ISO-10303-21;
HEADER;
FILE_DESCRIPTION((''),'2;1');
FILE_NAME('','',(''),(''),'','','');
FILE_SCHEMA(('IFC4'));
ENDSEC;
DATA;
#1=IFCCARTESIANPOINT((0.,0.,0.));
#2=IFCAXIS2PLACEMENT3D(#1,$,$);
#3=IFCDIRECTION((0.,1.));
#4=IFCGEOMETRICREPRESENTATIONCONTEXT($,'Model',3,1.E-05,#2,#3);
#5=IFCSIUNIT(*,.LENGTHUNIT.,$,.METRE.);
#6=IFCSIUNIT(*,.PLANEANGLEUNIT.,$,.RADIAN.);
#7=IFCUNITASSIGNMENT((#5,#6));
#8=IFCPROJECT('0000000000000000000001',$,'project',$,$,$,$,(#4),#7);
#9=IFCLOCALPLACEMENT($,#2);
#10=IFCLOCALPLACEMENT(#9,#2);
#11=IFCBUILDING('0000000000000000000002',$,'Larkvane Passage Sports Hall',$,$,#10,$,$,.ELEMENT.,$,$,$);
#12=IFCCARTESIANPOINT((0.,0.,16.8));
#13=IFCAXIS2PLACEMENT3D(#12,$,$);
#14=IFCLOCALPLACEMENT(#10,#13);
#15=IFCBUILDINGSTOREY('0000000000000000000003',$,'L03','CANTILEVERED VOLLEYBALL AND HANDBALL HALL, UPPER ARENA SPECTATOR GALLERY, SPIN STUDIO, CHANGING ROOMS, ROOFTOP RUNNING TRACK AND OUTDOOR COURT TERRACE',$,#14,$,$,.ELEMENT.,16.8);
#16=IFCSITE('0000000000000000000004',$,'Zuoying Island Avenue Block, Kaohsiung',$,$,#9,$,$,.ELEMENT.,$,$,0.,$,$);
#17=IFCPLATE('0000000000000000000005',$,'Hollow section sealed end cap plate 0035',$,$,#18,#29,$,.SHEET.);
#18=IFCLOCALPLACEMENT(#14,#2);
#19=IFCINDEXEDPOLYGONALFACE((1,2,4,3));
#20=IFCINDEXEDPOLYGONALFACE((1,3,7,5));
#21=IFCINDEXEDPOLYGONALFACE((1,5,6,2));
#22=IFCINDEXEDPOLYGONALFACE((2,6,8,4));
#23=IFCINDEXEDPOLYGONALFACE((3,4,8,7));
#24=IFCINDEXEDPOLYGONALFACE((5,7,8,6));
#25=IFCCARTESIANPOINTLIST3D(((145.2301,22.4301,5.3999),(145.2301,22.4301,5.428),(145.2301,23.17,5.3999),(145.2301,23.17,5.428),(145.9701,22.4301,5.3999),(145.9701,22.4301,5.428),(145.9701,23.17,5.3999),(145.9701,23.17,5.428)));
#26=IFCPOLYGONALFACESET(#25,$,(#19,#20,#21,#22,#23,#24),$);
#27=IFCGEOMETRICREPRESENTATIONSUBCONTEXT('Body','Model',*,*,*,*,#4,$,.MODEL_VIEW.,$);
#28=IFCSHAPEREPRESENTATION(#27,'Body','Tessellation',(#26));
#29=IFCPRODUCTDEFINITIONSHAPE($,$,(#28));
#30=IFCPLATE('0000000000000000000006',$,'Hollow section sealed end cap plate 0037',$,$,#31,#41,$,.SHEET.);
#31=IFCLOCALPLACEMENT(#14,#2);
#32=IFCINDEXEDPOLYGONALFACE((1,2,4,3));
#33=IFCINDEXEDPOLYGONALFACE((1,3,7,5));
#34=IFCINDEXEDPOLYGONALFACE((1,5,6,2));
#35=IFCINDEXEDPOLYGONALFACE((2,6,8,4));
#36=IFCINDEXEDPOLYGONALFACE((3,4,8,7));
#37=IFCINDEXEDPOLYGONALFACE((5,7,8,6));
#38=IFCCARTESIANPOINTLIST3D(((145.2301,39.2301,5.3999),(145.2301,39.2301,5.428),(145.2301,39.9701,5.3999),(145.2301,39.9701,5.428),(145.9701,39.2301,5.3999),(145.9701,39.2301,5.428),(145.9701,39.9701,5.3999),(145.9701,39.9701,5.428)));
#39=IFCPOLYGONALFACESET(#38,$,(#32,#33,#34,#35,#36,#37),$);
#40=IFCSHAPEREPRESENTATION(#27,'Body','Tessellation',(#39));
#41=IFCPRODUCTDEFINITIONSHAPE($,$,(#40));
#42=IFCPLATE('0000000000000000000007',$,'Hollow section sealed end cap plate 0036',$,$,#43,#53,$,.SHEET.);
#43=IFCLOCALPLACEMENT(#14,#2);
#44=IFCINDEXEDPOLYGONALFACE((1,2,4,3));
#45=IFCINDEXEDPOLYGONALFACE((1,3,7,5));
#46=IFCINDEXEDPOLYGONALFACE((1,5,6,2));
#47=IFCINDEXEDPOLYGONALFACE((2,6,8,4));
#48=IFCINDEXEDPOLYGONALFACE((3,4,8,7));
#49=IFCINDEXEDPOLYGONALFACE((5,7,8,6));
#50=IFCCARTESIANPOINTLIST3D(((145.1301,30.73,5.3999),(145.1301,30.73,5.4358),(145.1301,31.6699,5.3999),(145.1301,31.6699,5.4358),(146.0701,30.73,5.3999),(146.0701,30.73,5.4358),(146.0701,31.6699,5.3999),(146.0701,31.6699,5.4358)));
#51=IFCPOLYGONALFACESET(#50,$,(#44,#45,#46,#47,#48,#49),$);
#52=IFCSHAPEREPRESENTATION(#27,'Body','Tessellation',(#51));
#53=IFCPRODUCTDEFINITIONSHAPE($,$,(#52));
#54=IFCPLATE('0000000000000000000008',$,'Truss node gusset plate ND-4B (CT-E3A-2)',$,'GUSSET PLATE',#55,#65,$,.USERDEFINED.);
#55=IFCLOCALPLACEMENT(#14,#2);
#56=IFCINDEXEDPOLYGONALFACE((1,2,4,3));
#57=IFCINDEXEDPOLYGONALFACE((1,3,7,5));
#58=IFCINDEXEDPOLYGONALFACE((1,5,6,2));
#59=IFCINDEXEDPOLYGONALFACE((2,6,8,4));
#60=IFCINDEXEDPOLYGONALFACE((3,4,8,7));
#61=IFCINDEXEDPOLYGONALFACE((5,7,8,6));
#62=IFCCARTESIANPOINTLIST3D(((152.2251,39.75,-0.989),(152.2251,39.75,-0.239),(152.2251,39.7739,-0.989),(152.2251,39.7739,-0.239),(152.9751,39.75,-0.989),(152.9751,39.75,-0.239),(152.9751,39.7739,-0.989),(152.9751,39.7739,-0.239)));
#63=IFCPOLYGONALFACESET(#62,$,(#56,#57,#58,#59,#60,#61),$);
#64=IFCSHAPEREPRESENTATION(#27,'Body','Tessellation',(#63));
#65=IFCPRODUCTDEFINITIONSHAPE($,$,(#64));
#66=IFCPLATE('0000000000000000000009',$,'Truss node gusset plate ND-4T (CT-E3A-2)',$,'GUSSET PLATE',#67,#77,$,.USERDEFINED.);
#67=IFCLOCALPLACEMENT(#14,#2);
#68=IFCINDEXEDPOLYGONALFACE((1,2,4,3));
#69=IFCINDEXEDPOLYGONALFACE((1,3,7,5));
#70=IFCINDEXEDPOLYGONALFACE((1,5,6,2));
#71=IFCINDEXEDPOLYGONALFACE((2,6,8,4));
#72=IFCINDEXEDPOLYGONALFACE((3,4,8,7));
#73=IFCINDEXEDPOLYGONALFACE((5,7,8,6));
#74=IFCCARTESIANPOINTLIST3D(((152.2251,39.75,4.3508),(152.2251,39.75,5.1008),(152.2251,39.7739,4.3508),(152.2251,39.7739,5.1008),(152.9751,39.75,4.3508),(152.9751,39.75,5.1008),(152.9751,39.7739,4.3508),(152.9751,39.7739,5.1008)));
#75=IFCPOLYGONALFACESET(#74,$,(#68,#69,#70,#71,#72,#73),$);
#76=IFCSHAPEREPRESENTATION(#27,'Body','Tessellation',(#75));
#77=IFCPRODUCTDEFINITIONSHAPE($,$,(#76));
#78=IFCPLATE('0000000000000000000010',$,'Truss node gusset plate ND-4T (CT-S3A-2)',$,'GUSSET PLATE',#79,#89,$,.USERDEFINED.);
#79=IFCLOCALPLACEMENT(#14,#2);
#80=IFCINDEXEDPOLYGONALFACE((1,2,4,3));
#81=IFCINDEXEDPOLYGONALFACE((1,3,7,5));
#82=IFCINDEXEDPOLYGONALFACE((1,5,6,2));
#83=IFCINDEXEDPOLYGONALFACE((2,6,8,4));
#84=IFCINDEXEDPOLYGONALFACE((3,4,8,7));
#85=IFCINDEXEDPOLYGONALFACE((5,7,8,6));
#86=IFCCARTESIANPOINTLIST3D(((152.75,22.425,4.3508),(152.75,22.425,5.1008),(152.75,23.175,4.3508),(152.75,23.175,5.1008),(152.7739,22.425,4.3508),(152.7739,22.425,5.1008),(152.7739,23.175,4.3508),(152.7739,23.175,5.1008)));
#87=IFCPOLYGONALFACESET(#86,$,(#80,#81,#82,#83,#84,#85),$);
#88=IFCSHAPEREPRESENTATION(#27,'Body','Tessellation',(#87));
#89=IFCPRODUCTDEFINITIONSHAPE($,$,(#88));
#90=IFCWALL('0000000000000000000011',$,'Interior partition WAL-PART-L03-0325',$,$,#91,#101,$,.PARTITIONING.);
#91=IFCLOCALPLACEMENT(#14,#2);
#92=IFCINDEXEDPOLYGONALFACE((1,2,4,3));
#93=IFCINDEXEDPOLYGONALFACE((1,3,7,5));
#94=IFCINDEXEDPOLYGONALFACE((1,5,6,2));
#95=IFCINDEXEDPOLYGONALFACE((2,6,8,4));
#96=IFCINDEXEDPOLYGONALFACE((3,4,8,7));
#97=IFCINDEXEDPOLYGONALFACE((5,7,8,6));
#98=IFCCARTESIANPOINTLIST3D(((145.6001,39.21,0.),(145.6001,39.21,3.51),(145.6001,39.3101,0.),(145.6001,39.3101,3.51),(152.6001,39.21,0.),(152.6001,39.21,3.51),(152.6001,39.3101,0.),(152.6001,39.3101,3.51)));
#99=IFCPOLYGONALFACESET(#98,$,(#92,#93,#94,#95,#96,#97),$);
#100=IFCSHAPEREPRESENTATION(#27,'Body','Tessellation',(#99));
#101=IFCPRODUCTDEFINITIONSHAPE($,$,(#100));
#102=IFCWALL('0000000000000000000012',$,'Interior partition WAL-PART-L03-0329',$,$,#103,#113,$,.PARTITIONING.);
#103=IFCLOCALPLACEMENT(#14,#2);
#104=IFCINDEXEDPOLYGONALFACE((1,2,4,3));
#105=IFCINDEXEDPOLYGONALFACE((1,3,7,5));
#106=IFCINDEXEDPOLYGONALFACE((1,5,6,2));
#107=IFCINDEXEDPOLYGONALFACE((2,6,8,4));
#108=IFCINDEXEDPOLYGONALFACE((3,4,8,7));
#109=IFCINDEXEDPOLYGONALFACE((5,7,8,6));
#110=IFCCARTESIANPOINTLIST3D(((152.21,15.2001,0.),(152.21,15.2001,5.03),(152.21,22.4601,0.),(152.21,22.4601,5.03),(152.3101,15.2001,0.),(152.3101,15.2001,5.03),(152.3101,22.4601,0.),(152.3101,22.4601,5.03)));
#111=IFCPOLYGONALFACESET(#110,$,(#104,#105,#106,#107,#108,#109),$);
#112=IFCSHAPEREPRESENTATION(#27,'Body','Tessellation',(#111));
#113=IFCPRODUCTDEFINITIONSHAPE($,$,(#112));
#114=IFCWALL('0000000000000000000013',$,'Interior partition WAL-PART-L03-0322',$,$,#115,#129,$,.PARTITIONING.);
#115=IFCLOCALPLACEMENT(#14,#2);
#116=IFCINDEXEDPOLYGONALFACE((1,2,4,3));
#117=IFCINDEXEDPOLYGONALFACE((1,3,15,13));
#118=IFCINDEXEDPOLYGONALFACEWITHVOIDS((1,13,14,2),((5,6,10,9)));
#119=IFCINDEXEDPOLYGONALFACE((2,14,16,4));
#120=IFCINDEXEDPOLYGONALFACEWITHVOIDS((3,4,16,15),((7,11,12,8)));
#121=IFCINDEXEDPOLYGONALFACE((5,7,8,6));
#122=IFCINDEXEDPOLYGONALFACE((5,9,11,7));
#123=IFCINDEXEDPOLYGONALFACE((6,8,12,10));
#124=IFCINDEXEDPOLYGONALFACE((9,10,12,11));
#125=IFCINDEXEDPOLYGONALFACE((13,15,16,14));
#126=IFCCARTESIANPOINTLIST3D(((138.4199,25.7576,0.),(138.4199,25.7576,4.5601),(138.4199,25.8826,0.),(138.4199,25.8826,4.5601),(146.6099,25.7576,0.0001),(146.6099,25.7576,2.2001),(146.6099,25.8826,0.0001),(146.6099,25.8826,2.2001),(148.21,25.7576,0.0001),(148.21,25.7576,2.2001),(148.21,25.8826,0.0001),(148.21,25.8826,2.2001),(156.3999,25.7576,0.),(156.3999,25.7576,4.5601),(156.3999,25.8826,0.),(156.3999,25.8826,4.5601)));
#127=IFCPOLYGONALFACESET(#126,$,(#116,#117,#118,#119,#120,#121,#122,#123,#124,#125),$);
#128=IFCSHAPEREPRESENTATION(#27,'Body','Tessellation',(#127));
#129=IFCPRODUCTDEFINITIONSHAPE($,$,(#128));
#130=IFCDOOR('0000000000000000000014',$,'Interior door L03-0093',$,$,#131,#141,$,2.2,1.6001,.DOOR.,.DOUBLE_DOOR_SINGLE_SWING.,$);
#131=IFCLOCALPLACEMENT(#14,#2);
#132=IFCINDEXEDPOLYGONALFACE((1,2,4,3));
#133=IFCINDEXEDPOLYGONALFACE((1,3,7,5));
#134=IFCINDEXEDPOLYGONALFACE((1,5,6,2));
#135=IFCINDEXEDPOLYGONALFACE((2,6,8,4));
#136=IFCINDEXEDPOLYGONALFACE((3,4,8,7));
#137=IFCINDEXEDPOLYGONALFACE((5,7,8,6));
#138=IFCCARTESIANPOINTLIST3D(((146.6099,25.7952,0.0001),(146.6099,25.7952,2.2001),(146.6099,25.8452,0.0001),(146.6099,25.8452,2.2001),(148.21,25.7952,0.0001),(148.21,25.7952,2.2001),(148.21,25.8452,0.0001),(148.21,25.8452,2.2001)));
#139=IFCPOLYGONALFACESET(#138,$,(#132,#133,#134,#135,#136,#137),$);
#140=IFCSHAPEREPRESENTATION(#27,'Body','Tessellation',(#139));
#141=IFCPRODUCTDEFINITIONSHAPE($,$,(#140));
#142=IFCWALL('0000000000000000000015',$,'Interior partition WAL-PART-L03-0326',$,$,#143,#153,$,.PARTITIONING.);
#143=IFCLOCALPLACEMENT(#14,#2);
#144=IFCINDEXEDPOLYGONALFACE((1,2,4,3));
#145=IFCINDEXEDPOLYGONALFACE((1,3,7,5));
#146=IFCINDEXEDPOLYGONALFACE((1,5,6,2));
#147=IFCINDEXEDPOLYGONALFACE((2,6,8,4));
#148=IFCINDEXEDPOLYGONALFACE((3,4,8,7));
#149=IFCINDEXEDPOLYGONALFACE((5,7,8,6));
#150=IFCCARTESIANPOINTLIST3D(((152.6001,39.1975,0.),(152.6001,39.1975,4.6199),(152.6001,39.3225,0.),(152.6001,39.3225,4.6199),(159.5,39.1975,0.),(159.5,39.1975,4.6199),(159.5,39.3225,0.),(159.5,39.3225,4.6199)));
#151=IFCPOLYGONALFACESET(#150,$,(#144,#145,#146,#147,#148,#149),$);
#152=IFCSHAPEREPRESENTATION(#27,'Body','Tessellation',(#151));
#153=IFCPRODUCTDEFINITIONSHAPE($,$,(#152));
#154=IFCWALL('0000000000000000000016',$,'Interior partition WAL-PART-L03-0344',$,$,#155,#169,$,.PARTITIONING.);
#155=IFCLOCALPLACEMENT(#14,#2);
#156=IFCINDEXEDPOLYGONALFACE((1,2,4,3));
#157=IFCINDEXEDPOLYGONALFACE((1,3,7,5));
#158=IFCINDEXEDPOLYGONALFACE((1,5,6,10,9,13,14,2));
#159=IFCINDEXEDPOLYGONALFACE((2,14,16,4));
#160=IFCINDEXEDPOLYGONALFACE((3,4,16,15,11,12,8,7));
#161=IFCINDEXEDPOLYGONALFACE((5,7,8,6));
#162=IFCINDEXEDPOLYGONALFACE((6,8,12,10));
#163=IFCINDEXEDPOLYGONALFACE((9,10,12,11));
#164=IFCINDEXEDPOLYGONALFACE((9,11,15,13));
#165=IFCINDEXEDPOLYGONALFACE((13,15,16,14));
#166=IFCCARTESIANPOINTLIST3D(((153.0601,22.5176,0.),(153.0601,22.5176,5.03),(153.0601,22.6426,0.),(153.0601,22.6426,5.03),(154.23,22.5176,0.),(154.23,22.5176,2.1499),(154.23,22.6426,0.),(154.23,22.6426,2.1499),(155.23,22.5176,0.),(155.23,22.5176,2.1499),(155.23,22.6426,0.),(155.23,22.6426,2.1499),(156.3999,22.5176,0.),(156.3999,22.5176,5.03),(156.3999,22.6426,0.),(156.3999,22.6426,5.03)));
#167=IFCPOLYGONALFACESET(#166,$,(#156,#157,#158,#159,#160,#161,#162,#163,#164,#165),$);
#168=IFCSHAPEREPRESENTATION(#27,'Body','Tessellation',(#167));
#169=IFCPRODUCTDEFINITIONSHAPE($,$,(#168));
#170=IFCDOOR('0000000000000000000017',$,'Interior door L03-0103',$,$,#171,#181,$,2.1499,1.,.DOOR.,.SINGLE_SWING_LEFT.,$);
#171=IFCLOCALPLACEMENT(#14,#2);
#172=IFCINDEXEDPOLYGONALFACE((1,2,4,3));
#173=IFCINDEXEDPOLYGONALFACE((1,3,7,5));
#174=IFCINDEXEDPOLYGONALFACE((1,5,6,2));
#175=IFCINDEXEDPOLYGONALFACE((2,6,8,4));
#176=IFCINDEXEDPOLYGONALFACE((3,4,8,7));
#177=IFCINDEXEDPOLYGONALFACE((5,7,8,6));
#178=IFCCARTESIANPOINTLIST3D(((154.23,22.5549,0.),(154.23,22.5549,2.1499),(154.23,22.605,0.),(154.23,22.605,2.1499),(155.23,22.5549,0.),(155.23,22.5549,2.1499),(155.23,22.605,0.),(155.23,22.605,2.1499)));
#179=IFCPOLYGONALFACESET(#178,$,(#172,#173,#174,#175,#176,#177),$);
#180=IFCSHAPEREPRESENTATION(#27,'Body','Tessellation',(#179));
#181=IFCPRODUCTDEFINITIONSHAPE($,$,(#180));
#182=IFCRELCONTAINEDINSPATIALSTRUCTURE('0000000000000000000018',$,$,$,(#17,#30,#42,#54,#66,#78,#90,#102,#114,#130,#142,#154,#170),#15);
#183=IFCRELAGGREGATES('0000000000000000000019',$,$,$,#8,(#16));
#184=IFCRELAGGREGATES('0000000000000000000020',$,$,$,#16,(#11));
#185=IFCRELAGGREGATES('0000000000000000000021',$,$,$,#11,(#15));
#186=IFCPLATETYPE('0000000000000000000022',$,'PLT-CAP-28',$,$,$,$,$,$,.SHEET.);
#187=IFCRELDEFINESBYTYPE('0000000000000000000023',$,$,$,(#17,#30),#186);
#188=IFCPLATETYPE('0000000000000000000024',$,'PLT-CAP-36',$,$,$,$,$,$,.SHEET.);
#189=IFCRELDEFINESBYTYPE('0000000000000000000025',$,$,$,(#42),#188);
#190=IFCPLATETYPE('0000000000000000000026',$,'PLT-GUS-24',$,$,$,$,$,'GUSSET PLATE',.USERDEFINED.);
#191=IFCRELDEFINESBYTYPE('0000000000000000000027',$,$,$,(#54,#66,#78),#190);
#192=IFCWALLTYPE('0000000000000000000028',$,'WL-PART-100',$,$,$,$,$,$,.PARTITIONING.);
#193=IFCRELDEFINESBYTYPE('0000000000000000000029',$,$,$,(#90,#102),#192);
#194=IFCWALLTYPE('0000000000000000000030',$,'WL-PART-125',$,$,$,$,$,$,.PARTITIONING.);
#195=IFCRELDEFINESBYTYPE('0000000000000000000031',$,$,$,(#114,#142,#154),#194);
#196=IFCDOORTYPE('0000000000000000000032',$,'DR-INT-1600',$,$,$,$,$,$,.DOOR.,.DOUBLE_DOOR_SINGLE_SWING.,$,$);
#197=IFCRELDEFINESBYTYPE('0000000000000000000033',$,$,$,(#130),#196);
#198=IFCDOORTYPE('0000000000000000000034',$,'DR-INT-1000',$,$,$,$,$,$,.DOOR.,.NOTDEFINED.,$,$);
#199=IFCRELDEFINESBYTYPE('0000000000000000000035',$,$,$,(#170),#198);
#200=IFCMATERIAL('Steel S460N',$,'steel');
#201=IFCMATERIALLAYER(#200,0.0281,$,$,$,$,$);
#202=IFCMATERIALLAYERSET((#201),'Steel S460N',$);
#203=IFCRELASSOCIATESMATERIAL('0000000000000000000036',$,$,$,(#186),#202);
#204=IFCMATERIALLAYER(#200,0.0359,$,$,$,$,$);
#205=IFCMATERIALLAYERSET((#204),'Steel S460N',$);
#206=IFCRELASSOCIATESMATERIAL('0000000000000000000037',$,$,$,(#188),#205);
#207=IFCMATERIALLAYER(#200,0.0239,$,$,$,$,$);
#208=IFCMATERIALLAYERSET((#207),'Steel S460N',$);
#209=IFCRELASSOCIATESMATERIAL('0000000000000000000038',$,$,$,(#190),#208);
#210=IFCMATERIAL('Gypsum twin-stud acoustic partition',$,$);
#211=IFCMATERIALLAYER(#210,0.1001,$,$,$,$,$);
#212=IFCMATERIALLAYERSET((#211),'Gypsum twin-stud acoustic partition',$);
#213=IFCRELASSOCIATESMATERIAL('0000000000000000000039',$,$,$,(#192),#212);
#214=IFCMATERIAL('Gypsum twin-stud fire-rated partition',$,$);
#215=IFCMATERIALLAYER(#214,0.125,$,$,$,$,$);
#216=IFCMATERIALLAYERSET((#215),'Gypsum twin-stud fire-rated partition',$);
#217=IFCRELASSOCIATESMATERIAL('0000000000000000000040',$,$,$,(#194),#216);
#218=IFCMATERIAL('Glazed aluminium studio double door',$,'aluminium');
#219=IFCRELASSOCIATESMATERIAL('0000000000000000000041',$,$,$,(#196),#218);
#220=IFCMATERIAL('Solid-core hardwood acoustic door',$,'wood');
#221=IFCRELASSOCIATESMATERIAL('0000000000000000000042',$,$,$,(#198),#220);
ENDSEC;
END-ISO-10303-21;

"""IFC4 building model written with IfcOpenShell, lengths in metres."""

from ifc_helpers import new_model, si_unit, direction, frame, frame_2d, origin, origin_2d, place, context, subcontext, project, spatial, rectangle, extrude, material, layer, layer_set, type_object, element, fill, save


model = new_model("IFC4")

# Units and contexts
model_context = context("Model", 3, precision=1e-05, world=origin(), true_north=direction((0.0, 1.0)))
body_context = subcontext(model_context, "Body", "Model", "MODEL_VIEW")
ifc_project = project(units=[si_unit("LENGTHUNIT", "METRE"), si_unit("PLANEANGLEUNIT", "RADIAN")], contexts=[model_context])

# Site, building, storey
site_placement = place(None, origin())
site = spatial("IfcSite", under=ifc_project, at=site_placement, Name="Zuoying Island Avenue Block, Kaohsiung", CompositionType="ELEMENT", RefElevation=0.0)
building_placement = place(site_placement, origin())
building = spatial("IfcBuilding", under=site, at=building_placement, Name="Larkvane Passage Sports Hall", CompositionType="ELEMENT")
storey_placement = place(building_placement, frame((0.0, 0.0, 16.8)))
storey = spatial("IfcBuildingStorey", under=building, at=storey_placement, Name="L03", Description="CANTILEVERED VOLLEYBALL AND HANDBALL HALL, UPPER ARENA SPECTATOR GALLERY, SPIN STUDIO, CHANGING ROOMS, ROOFTOP RUNNING TRACK AND OUTDOOR COURT TERRACE", CompositionType="ELEMENT", Elevation=16.8)

# Shared definitions
ifc_material_1 = material(Name="Steel S460N", Category="steel")

# Plates
ifc_layer_1 = layer(ifc_material_1, 0.0281)
ifc_layer_set_1 = layer_set([ifc_layer_1], Name="Steel S460N")
plate_type_1 = type_object("IfcPlateType", Name="PLT-CAP-28", PredefinedType="SHEET", material=ifc_layer_set_1)
for number, where, z_axis, x_axis, name in (
    (1, (145.6001, 22.8, 5.3999), (0.0, 0.0, 1.0), (1.0, 0.0, 0.0), "Hollow section sealed end cap plate 0035"),
    (2, (145.6001, 39.6001, 5.3999), (0.0, 0.0, 1.0), (1.0, 0.0, 0.0), "Hollow section sealed end cap plate 0037"),
):
    element("IfcPlate", number, at=place(storey_placement, frame(where, z_axis=z_axis, x_axis=x_axis)), inside=storey, type_object=plate_type_1, Name=name, PredefinedType="SHEET", context=body_context, shape_type="SweptSolid", body=[
        extrude(rectangle(XDim=0.74, YDim=0.74, at=origin_2d()), origin(), (0.0, 0.0, 1.0), 0.0281),
    ])
ifc_layer_2 = layer(ifc_material_1, 0.0359)
ifc_layer_set_2 = layer_set([ifc_layer_2], Name="Steel S460N")
plate_type_2 = type_object("IfcPlateType", Name="PLT-CAP-36", PredefinedType="SHEET", material=ifc_layer_set_2)
plate_1_placement = place(storey_placement, frame((145.6001, 31.2, 5.3999), z_axis=(0.0, 0.0, 1.0), x_axis=(1.0, 0.0, 0.0)))
element("IfcPlate", 3, at=plate_1_placement, inside=storey, type_object=plate_type_2, Name="Hollow section sealed end cap plate 0036", PredefinedType="SHEET", context=body_context, shape_type="SweptSolid", body=[
    extrude(rectangle(XDim=0.9399, YDim=0.9399, at=origin_2d()), origin(), (0.0, 0.0, 1.0), 0.0359),
])
ifc_layer_3 = layer(ifc_material_1, 0.0239)
ifc_layer_set_3 = layer_set([ifc_layer_3], Name="Steel S460N")
plate_type_3 = type_object("IfcPlateType", Name="PLT-GUS-24", ElementType="GUSSET PLATE", PredefinedType="USERDEFINED", material=ifc_layer_set_3)
for number, where, z_axis, x_axis, name in (
    (4, (152.6001, 39.762, -0.989), (0.0, 0.0, 1.0), (1.0, 0.0, 0.0), "Truss node gusset plate ND-4B (CT-E3A-2)"),
    (5, (152.6001, 39.762, 4.3508), (0.0, 0.0, 1.0), (1.0, 0.0, 0.0), "Truss node gusset plate ND-4T (CT-E3A-2)"),
    (6, (152.762, 22.8, 4.3508), (0.0, 0.0, 1.0), (0.0, 1.0, 0.0), "Truss node gusset plate ND-4T (CT-S3A-2)"),
):
    element("IfcPlate", number, at=place(storey_placement, frame(where, z_axis=z_axis, x_axis=x_axis)), inside=storey, type_object=plate_type_3, Name=name, ObjectType="GUSSET PLATE", PredefinedType="USERDEFINED", context=body_context, shape_type="SweptSolid", body=[
        extrude(rectangle(XDim=0.75, YDim=0.0239, at=origin_2d()), origin(), (0.0, 0.0, 1.0), 0.75),
    ])

# Walls
ifc_material_2 = material(Name="Gypsum twin-stud acoustic partition")
ifc_layer_4 = layer(ifc_material_2, 0.1001)
ifc_layer_set_4 = layer_set([ifc_layer_4], Name="Gypsum twin-stud acoustic partition")
wall_type_1 = type_object("IfcWallType", Name="WL-PART-100", PredefinedType="PARTITIONING", material=ifc_layer_set_4)
wall_1_placement = place(storey_placement, frame((145.6001, 39.26, 0.0), z_axis=(0.0, 0.0, 1.0), x_axis=(1.0, 0.0, 0.0)))
element("IfcWall", 7, at=wall_1_placement, inside=storey, type_object=wall_type_1, Name="Interior partition WAL-PART-L03-0325", PredefinedType="PARTITIONING", context=body_context, shape_type="SweptSolid", body=[
    extrude(rectangle(XDim=7.0, YDim=0.1001, at=frame_2d((3.5, 0.0))), origin(), (0.0, 0.0, 1.0), 3.51),
])
wall_2_placement = place(storey_placement, frame((152.26, 22.46, 0.0), z_axis=(0.0, 0.0, 1.0), x_axis=(0.0, -1.0, 0.0)))
element("IfcWall", 8, at=wall_2_placement, inside=storey, type_object=wall_type_1, Name="Interior partition WAL-PART-L03-0329", PredefinedType="PARTITIONING", context=body_context, shape_type="SweptSolid", body=[
    extrude(rectangle(XDim=7.26, YDim=0.1001, at=frame_2d((3.6299, 0.0))), origin(), (0.0, 0.0, 1.0), 5.03),
])

# Wall, opening, door
ifc_material_3 = material(Name="Gypsum twin-stud fire-rated partition")
ifc_layer_5 = layer(ifc_material_3, 0.125)
ifc_layer_set_5 = layer_set([ifc_layer_5], Name="Gypsum twin-stud fire-rated partition")
wall_type_2 = type_object("IfcWallType", Name="WL-PART-125", PredefinedType="PARTITIONING", material=ifc_layer_set_5)
wall_3_placement = place(storey_placement, frame((156.3999, 25.8201, 0.0), z_axis=(0.0, 0.0, 1.0), x_axis=(-1.0, 0.0, 0.0)))
wall_3 = element("IfcWall", 9, at=wall_3_placement, inside=storey, type_object=wall_type_2, Name="Interior partition WAL-PART-L03-0322", PredefinedType="PARTITIONING", context=body_context, shape_type="SweptSolid", body=[
    extrude(rectangle(XDim=17.98, YDim=0.125, at=frame_2d((8.99, 0.0))), origin(), (0.0, 0.0, 1.0), 4.5601),
])
opening_1_placement = place(wall_3_placement, frame((8.1899, 0.0, 0.0)))
opening_1 = element("IfcOpeningElement", 10, at=opening_1_placement, cuts=wall_3, PredefinedType="OPENING", context=body_context, shape_type="SweptSolid", body=[
    extrude(rectangle(XDim=1.6001, YDim=2.2, at=frame_2d((0.8, 1.1001))), frame((0.0, 0.0725, 0.0), z_axis=(0.0, -1.0, 0.0), x_axis=(1.0, 0.0, 0.0)), (0.0, 0.0, 1.0), 0.145),
])
ifc_material_4 = material(Name="Glazed aluminium studio double door", Category="aluminium")
door_type_1 = type_object("IfcDoorType", Name="DR-INT-1600", OperationType="DOUBLE_DOOR_SINGLE_SWING", PredefinedType="DOOR", material=ifc_material_4)
door_1_placement = place(opening_1_placement, origin())
door_1 = element("IfcDoor", 11, at=door_1_placement, inside=storey, type_object=door_type_1, Name="Interior door L03-0093", OperationType="DOUBLE_DOOR_SINGLE_SWING", OverallHeight=2.2, OverallWidth=1.6001, PredefinedType="DOOR", context=body_context, shape_type="SweptSolid", body=[
    extrude(rectangle(XDim=1.6001, YDim=2.2, at=frame_2d((0.8, 1.1001))), frame((0.0, 0.0249, 0.0), z_axis=(0.0, -1.0, 0.0), x_axis=(1.0, 0.0, 0.0)), (0.0, 0.0, 1.0), 0.05),
])
fill(opening_1, door_1)

# Wall
wall_4_placement = place(storey_placement, frame((152.6001, 39.26, 0.0), z_axis=(0.0, 0.0, 1.0), x_axis=(1.0, 0.0, 0.0)))
element("IfcWall", 12, at=wall_4_placement, inside=storey, type_object=wall_type_2, Name="Interior partition WAL-PART-L03-0326", PredefinedType="PARTITIONING", context=body_context, shape_type="SweptSolid", body=[
    extrude(rectangle(XDim=6.8999, YDim=0.125, at=frame_2d((3.45, 0.0))), origin(), (0.0, 0.0, 1.0), 4.6199),
])

# Wall, opening, door
wall_5_placement = place(storey_placement, frame((153.0601, 22.5801, 0.0), z_axis=(0.0, 0.0, 1.0), x_axis=(1.0, 0.0, 0.0)))
wall_5 = element("IfcWall", 13, at=wall_5_placement, inside=storey, type_object=wall_type_2, Name="Interior partition WAL-PART-L03-0344", PredefinedType="PARTITIONING", context=body_context, shape_type="SweptSolid", body=[
    extrude(rectangle(XDim=3.3398, YDim=0.125, at=frame_2d((1.6699, 0.0))), origin(), (0.0, 0.0, 1.0), 5.03),
])
opening_2_placement = place(wall_5_placement, frame((1.1699, 0.0, 0.0)))
opening_2 = element("IfcOpeningElement", 14, at=opening_2_placement, cuts=wall_5, PredefinedType="OPENING", context=body_context, shape_type="SweptSolid", body=[
    extrude(rectangle(XDim=1.0, YDim=2.1499, at=frame_2d((0.5, 1.075))), frame((0.0, 0.0725, 0.0), z_axis=(0.0, -1.0, 0.0), x_axis=(1.0, 0.0, 0.0)), (0.0, 0.0, 1.0), 0.145),
])
ifc_material_5 = material(Name="Solid-core hardwood acoustic door", Category="wood")
door_type_2 = type_object("IfcDoorType", Name="DR-INT-1000", OperationType="NOTDEFINED", PredefinedType="DOOR", material=ifc_material_5)
door_2_placement = place(opening_2_placement, origin())
door_2 = element("IfcDoor", 15, at=door_2_placement, inside=storey, type_object=door_type_2, Name="Interior door L03-0103", OperationType="SINGLE_SWING_LEFT", OverallHeight=2.1499, OverallWidth=1.0, PredefinedType="DOOR", context=body_context, shape_type="SweptSolid", body=[
    extrude(rectangle(XDim=1.0, YDim=2.1499, at=frame_2d((0.5, 1.075))), frame((0.0, 0.0249, 0.0), z_axis=(0.0, -1.0, 0.0), x_axis=(1.0, 0.0, 0.0)), (0.0, 0.0, 1.0), 0.05),
])
fill(opening_2, door_2)

save(model, "model.ifc")
